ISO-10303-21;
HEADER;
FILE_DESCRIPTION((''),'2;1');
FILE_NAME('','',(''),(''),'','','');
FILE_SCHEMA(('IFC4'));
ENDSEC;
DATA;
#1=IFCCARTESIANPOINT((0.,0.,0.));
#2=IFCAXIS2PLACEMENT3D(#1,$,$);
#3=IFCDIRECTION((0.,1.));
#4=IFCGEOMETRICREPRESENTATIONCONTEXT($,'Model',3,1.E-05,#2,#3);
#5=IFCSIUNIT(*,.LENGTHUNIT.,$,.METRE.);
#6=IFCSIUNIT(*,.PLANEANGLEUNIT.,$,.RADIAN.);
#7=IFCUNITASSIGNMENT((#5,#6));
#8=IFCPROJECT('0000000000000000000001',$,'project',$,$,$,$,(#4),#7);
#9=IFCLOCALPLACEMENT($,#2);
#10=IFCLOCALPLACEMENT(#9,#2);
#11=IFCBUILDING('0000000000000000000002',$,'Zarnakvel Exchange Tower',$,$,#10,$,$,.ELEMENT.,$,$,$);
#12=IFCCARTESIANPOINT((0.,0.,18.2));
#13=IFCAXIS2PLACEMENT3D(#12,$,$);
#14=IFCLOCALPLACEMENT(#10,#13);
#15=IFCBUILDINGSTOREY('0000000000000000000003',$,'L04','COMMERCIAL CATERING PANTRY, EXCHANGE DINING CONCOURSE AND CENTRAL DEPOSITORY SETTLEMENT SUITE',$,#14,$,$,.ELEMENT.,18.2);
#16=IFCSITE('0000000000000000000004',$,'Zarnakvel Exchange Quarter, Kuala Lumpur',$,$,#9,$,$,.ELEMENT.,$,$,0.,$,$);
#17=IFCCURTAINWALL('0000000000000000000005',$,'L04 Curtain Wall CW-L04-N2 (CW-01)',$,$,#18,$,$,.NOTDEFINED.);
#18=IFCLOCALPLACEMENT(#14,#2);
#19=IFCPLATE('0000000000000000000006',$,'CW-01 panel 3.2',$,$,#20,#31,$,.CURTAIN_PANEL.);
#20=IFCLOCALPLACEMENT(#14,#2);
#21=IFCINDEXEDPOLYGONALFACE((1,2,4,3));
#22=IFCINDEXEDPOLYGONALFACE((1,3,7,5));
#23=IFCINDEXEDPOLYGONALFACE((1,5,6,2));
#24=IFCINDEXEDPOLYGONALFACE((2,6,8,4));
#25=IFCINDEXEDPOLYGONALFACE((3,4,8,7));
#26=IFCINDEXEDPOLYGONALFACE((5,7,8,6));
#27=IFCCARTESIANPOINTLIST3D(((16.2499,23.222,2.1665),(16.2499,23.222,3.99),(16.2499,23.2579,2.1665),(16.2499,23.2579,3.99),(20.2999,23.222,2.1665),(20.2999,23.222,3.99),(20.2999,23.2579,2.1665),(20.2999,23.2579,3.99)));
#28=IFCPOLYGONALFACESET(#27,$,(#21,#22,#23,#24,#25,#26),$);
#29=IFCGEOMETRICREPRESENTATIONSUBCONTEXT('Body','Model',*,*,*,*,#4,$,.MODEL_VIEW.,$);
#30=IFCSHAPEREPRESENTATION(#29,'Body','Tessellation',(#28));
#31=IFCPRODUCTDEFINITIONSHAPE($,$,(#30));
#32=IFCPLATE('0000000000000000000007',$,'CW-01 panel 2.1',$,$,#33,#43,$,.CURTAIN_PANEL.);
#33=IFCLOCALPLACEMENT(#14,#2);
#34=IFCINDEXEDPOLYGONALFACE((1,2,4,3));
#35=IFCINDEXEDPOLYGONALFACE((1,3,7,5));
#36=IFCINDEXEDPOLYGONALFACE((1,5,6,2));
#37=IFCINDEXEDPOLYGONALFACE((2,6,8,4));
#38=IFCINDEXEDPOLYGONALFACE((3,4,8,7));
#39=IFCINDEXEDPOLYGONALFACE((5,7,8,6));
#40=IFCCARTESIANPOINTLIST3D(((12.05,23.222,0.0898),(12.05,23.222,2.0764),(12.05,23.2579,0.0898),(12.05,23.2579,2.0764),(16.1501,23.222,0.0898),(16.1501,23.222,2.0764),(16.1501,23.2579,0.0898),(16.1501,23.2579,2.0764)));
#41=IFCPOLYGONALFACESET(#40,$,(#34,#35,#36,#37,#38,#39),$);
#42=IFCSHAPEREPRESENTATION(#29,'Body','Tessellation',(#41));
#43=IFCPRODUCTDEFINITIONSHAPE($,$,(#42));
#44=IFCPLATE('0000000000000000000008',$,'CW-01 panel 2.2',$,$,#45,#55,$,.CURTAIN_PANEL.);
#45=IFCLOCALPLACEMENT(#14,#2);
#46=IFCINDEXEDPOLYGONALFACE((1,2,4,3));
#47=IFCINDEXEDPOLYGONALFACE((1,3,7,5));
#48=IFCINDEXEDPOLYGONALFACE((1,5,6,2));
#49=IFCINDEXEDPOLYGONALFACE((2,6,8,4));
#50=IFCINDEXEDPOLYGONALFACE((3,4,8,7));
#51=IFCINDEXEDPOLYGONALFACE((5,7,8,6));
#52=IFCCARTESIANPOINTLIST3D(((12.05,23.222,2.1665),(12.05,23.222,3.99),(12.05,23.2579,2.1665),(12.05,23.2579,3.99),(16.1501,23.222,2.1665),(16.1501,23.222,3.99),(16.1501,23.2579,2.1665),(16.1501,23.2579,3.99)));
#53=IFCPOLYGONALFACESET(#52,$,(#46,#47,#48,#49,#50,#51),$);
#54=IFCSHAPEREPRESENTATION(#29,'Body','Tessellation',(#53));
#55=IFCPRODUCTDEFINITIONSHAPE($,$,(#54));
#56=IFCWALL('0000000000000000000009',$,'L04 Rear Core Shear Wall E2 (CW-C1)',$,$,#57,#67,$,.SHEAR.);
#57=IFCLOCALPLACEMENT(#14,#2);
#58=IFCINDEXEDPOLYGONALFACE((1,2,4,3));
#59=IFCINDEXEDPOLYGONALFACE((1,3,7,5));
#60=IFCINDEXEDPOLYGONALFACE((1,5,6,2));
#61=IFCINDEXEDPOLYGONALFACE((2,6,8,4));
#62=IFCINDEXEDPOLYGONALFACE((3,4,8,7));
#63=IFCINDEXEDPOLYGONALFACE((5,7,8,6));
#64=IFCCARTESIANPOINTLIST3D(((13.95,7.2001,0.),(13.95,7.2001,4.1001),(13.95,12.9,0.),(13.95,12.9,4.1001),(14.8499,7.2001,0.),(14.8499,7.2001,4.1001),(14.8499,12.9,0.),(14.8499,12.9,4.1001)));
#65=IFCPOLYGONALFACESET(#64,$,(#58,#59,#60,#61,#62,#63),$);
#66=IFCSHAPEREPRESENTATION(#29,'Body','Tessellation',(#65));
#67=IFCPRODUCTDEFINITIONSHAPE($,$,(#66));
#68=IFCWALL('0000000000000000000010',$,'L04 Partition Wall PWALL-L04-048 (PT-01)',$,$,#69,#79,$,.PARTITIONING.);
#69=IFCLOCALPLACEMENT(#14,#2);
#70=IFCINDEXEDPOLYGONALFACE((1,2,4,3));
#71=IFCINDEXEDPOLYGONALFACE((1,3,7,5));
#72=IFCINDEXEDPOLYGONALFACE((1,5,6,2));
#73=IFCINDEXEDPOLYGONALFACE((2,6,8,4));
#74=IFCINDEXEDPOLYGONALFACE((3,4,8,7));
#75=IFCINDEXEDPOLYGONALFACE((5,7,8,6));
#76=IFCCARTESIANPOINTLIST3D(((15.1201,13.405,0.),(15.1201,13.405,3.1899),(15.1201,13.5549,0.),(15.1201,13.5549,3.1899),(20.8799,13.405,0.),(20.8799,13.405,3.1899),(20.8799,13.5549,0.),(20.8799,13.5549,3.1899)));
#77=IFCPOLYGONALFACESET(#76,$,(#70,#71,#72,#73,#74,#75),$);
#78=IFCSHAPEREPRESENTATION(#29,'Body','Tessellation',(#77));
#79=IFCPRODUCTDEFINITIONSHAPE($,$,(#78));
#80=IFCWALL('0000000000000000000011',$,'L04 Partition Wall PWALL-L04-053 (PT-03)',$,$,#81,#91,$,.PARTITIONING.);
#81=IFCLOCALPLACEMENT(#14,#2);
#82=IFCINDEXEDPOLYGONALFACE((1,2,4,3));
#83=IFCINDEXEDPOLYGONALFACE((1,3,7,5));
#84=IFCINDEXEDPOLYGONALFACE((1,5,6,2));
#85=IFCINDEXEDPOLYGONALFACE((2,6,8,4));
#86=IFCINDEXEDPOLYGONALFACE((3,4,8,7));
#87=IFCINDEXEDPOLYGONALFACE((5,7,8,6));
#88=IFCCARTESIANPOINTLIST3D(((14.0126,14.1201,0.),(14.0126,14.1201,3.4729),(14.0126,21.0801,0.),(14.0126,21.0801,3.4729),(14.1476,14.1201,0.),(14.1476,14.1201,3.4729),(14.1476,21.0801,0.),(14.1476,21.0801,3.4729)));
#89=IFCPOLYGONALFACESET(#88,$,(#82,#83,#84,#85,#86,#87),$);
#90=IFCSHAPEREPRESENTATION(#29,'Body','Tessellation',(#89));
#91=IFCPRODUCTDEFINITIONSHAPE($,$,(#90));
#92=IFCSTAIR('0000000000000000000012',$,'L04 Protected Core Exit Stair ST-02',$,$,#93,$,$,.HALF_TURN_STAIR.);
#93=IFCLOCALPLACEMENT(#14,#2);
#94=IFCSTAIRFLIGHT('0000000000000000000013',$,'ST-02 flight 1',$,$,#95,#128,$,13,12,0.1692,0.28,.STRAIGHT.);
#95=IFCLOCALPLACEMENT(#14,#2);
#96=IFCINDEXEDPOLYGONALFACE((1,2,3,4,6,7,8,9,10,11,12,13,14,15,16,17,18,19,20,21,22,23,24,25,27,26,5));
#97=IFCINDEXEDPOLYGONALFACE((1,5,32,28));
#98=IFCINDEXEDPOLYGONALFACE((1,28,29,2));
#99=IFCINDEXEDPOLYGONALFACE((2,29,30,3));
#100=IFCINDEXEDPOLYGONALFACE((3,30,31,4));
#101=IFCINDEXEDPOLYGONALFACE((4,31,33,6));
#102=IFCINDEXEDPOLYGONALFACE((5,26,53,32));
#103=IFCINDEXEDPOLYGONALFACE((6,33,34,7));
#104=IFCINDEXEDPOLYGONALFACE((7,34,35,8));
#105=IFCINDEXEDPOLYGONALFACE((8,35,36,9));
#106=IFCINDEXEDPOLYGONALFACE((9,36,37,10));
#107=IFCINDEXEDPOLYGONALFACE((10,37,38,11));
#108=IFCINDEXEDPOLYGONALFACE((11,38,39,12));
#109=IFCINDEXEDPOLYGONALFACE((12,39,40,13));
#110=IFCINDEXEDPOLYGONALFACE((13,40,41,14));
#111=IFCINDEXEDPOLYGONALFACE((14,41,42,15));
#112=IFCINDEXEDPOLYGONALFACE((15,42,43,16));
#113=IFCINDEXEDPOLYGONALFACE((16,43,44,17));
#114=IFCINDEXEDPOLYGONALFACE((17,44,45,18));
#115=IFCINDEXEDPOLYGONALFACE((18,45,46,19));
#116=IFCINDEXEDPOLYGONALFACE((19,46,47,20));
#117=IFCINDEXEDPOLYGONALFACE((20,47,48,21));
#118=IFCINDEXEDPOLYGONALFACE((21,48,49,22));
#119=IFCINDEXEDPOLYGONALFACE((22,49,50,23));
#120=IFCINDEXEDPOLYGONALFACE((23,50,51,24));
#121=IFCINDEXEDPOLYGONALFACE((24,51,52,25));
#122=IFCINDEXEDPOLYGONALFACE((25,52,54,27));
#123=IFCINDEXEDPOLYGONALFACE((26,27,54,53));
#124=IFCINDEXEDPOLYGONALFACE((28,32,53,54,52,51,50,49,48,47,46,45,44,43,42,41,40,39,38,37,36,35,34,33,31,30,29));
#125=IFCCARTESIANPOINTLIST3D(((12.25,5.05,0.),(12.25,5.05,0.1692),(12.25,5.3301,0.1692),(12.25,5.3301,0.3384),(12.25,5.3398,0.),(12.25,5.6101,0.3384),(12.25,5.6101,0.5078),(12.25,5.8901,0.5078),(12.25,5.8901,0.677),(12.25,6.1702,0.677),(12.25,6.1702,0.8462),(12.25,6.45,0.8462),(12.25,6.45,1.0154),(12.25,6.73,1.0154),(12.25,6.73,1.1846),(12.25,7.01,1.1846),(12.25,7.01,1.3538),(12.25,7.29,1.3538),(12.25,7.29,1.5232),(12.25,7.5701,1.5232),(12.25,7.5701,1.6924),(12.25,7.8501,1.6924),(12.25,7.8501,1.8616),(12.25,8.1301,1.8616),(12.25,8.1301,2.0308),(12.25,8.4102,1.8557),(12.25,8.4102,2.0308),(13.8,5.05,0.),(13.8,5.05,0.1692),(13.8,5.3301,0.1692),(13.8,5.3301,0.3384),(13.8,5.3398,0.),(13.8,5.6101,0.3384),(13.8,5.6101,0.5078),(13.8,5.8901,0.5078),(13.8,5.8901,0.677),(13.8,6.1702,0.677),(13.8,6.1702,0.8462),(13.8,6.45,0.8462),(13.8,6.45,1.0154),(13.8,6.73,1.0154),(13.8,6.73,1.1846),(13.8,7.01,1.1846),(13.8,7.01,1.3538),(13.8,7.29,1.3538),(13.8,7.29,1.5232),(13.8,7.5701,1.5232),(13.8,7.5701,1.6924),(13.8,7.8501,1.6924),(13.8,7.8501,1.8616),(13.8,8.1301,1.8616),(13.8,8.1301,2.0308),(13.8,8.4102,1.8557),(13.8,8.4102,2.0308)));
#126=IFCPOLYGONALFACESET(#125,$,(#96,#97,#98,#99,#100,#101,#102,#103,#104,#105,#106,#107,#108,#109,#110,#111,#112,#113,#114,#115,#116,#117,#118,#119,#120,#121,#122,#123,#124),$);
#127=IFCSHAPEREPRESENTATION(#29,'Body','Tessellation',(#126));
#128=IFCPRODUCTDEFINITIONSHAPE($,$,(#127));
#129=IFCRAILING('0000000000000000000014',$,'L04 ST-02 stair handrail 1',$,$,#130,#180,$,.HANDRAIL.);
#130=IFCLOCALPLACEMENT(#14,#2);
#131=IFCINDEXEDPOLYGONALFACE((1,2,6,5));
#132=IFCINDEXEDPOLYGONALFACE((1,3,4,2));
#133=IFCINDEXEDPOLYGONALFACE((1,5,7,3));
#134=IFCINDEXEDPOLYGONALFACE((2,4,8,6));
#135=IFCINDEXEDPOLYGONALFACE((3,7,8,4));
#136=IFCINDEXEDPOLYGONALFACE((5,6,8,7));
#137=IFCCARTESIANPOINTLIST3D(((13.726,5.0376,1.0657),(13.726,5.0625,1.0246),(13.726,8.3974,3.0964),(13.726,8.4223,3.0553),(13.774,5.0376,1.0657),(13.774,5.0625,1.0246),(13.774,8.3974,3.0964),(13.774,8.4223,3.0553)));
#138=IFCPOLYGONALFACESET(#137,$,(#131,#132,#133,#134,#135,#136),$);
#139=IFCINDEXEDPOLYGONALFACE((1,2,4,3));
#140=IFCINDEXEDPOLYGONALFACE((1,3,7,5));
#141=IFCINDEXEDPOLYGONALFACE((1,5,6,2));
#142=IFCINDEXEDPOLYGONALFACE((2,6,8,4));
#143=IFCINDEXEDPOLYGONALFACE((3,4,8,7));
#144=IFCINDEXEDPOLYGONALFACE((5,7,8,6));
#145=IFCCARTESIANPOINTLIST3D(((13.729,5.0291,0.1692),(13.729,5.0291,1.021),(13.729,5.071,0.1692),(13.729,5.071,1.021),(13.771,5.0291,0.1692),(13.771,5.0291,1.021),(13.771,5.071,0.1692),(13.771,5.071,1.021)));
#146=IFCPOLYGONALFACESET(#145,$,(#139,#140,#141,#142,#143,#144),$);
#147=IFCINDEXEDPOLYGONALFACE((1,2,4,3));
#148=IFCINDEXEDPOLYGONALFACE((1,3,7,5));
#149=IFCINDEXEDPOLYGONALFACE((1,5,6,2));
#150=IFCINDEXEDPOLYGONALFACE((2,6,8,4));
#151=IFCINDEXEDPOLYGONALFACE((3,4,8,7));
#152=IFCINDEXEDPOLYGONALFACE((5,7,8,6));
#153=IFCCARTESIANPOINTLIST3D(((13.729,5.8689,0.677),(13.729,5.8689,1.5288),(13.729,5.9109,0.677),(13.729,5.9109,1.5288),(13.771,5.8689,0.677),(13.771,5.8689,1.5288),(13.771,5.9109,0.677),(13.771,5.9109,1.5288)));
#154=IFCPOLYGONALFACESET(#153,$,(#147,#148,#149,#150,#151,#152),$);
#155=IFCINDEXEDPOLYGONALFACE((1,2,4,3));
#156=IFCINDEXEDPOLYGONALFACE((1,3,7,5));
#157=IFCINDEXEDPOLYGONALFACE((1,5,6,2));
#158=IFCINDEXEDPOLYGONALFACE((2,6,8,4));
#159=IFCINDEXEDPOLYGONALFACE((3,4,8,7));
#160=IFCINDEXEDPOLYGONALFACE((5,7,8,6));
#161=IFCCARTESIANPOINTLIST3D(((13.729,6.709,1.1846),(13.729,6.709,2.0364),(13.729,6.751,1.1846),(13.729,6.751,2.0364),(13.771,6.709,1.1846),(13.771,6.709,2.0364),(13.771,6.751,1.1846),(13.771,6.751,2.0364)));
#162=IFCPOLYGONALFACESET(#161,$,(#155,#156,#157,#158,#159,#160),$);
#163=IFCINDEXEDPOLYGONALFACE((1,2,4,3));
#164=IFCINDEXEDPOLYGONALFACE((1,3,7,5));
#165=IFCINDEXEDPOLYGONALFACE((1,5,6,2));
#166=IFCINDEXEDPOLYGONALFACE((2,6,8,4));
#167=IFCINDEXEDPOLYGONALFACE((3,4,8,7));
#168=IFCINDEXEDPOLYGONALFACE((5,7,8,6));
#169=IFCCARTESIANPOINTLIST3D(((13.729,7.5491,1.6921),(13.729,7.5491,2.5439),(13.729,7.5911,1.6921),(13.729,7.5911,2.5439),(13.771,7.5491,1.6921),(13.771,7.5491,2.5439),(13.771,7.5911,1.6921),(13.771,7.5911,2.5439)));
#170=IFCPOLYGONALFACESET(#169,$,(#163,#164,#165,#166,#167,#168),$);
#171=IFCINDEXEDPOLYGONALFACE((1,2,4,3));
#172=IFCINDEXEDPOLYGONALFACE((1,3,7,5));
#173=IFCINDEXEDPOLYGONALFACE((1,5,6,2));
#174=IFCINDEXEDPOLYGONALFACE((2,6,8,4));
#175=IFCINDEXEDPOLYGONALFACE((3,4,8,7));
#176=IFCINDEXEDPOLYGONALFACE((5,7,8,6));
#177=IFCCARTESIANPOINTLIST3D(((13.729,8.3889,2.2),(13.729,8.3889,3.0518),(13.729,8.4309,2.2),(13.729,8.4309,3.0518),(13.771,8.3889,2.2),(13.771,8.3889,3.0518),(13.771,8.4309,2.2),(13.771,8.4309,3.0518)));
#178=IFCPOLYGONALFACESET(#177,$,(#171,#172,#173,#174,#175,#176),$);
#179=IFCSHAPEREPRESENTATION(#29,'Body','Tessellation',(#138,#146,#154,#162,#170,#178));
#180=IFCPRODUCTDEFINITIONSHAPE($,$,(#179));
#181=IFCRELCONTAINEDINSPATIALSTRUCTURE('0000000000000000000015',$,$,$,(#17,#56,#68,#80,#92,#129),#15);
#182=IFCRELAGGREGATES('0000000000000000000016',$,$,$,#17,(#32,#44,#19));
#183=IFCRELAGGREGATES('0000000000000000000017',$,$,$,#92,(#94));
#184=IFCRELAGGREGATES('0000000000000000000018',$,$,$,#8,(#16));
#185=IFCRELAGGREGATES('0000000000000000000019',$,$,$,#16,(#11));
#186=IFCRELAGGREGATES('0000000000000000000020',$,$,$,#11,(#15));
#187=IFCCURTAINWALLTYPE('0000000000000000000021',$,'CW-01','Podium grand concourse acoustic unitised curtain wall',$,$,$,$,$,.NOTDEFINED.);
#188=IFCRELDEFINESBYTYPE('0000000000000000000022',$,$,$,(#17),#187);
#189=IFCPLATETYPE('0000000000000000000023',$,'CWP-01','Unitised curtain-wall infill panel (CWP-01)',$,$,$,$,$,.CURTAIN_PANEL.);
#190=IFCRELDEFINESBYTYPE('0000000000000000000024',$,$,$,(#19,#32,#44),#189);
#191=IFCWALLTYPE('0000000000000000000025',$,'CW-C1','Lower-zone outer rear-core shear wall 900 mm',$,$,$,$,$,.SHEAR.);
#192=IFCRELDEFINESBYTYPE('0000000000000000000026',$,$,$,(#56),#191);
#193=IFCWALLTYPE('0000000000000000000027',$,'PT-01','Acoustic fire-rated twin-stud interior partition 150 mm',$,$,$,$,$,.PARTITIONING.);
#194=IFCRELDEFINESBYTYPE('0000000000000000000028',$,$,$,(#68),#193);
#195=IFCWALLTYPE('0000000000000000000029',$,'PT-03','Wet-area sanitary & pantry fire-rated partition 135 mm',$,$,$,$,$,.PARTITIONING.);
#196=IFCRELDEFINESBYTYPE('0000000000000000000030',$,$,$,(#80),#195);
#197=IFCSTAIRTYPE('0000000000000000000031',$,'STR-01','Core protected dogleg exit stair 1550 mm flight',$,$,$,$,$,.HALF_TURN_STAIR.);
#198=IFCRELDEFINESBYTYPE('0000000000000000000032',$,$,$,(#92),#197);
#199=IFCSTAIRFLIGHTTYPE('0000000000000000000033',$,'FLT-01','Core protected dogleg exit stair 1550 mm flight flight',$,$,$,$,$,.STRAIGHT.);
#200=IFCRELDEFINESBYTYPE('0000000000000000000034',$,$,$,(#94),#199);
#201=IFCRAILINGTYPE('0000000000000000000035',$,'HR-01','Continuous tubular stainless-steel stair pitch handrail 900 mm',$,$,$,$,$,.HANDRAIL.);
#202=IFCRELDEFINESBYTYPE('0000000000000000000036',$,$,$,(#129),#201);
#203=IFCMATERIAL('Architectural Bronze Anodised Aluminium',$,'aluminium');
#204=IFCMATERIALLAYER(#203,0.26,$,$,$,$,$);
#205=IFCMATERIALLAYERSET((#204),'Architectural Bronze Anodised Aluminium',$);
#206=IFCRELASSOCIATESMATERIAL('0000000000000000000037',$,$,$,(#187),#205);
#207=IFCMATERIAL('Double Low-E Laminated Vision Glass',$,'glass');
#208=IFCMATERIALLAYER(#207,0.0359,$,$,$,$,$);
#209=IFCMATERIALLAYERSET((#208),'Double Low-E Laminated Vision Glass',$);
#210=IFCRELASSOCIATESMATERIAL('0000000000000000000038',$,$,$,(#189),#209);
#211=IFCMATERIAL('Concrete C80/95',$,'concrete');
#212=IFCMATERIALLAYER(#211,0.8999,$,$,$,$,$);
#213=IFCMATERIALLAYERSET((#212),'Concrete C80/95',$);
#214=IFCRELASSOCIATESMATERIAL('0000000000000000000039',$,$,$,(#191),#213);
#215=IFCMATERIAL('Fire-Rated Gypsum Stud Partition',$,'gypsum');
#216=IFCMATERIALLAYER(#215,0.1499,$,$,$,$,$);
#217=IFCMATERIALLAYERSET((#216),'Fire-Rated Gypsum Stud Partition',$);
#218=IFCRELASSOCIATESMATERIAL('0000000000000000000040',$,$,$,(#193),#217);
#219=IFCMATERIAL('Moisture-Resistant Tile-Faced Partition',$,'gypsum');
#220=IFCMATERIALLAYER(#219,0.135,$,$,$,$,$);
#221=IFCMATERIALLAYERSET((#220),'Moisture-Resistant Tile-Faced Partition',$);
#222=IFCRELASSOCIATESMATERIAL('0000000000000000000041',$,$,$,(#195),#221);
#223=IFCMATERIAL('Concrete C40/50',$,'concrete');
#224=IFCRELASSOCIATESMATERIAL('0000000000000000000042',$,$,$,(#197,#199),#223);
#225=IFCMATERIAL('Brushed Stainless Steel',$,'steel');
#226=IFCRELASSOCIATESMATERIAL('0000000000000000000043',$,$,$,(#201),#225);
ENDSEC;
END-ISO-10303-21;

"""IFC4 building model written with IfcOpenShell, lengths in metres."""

from ifc_helpers import new_model, si_unit, direction, frame, frame_2d, origin, origin_2d, place, context, subcontext, project, spatial, polyline, rectangle, outline, extrude, source, transform, mapped, material, layer, layer_set, type_object, element, aggregate, save


model = new_model("IFC4")

# Units and contexts
model_context = context("Model", 3, precision=1e-05, world=origin(), true_north=direction((0.0, 1.0)))
body_context = subcontext(model_context, "Body", "Model", "MODEL_VIEW")
ifc_project = project(units=[si_unit("LENGTHUNIT", "METRE"), si_unit("PLANEANGLEUNIT", "RADIAN")], contexts=[model_context])

# Site, building, storey
site_placement = place(None, origin())
site = spatial("IfcSite", under=ifc_project, at=site_placement, Name="Zarnakvel Exchange Quarter, Kuala Lumpur", CompositionType="ELEMENT", RefElevation=0.0)
building_placement = place(site_placement, origin())
building = spatial("IfcBuilding", under=site, at=building_placement, Name="Zarnakvel Exchange Tower", CompositionType="ELEMENT")
storey_placement = place(building_placement, frame((0.0, 0.0, 18.2)))
storey = spatial("IfcBuildingStorey", under=building, at=storey_placement, Name="L04", Description="COMMERCIAL CATERING PANTRY, EXCHANGE DINING CONCOURSE AND CENTRAL DEPOSITORY SETTLEMENT SUITE", CompositionType="ELEMENT", Elevation=18.2)

# Shared definitions
ifc_material_1 = material(Name="Concrete C80/95", Category="concrete")

# Curtain wall, plates
ifc_material_2 = material(Name="Architectural Bronze Anodised Aluminium", Category="aluminium")
ifc_layer_1 = layer(ifc_material_2, 0.26)
ifc_layer_set_1 = layer_set([ifc_layer_1], Name="Architectural Bronze Anodised Aluminium")
curtain_wall_type = type_object("IfcCurtainWallType", Name="CW-01", Description="Podium grand concourse acoustic unitised curtain wall", PredefinedType="NOTDEFINED", material=ifc_layer_set_1)
curtain_wall_placement = place(storey_placement, origin())
curtain_wall = element("IfcCurtainWall", 1, at=curtain_wall_placement, inside=storey, type_object=curtain_wall_type, Name="L04 Curtain Wall CW-L04-N2 (CW-01)", PredefinedType="NOTDEFINED")
ifc_material_3 = material(Name="Double Low-E Laminated Vision Glass", Category="glass")
ifc_layer_2 = layer(ifc_material_3, 0.0359)
ifc_layer_set_2 = layer_set([ifc_layer_2], Name="Double Low-E Laminated Vision Glass")
plate_type = type_object("IfcPlateType", Name="CWP-01", Description="Unitised curtain-wall infill panel (CWP-01)", PredefinedType="CURTAIN_PANEL", material=ifc_layer_set_2)
shared_shape_1 = source(origin(), body_context, "Body", "SweptSolid", [
    extrude(rectangle(XDim=4.05, YDim=0.0359, at=origin_2d()), origin(), (0.0, 0.0, 1.0), 1.8235),
])
plate_1_placement = place(storey_placement, frame((18.2749, 23.24, 2.1665), z_axis=(0.0, 0.0, 1.0), x_axis=(1.0, 0.0, 0.0)))
plate_1 = element("IfcPlate", 2, at=plate_1_placement, type_object=plate_type, Name="CW-01 panel 3.2", PredefinedType="CURTAIN_PANEL", context=body_context, shape_type="MappedRepresentation", body=[
    mapped(shared_shape_1, transform((0.0, 0.0, 0.0), x_axis=(1.0, 0.0, 0.0), y_axis=(0.0, 1.0, 0.0), z_axis=(0.0, 0.0, 1.0), scale=1.0)),
])
shared_shape_2 = source(origin(), body_context, "Body", "SweptSolid", [
    extrude(rectangle(XDim=4.1001, YDim=0.0359, at=origin_2d()), origin(), (0.0, 0.0, 1.0), 1.9866),
])
plate_2_placement = place(storey_placement, frame((14.1001, 23.24, 0.0898), z_axis=(0.0, 0.0, 1.0), x_axis=(1.0, 0.0, 0.0)))
plate_2 = element("IfcPlate", 3, at=plate_2_placement, type_object=plate_type, Name="CW-01 panel 2.1", PredefinedType="CURTAIN_PANEL", context=body_context, shape_type="MappedRepresentation", body=[
    mapped(shared_shape_2, transform((0.0, 0.0, 0.0), x_axis=(1.0, 0.0, 0.0), y_axis=(0.0, 1.0, 0.0), z_axis=(0.0, 0.0, 1.0), scale=1.0)),
])
shared_shape_3 = source(origin(), body_context, "Body", "SweptSolid", [
    extrude(rectangle(XDim=4.1001, YDim=0.0359, at=origin_2d()), origin(), (0.0, 0.0, 1.0), 1.8235),
])
plate_3_placement = place(storey_placement, frame((14.1001, 23.24, 2.1665), z_axis=(0.0, 0.0, 1.0), x_axis=(1.0, 0.0, 0.0)))
plate_3 = element("IfcPlate", 4, at=plate_3_placement, type_object=plate_type, Name="CW-01 panel 2.2", PredefinedType="CURTAIN_PANEL", context=body_context, shape_type="MappedRepresentation", body=[
    mapped(shared_shape_3, transform((0.0, 0.0, 0.0), x_axis=(1.0, 0.0, 0.0), y_axis=(0.0, 1.0, 0.0), z_axis=(0.0, 0.0, 1.0), scale=1.0)),
])
aggregate(curtain_wall, [plate_2, plate_3, plate_1])

# Walls
ifc_layer_3 = layer(ifc_material_1, 0.8999)
ifc_layer_set_3 = layer_set([ifc_layer_3], Name="Concrete C80/95")
wall_type_1 = type_object("IfcWallType", Name="CW-C1", Description="Lower-zone outer rear-core shear wall 900 mm", PredefinedType="SHEAR", material=ifc_layer_set_3)
wall_1_placement = place(storey_placement, frame((14.3999, 7.2, 0.0), z_axis=(0.0, 0.0, 1.0), x_axis=(0.0, 1.0, 0.0)))
element("IfcWall", 5, at=wall_1_placement, inside=storey, type_object=wall_type_1, Name="L04 Rear Core Shear Wall E2 (CW-C1)", PredefinedType="SHEAR", context=body_context, shape_type="SweptSolid", body=[
    extrude(rectangle(XDim=5.7, YDim=0.8999, at=frame_2d((2.8501, 0.0))), origin(), (0.0, 0.0, 1.0), 4.1001),
])
ifc_material_4 = material(Name="Fire-Rated Gypsum Stud Partition", Category="gypsum")
ifc_layer_4 = layer(ifc_material_4, 0.1499)
ifc_layer_set_4 = layer_set([ifc_layer_4], Name="Fire-Rated Gypsum Stud Partition")
wall_type_2 = type_object("IfcWallType", Name="PT-01", Description="Acoustic fire-rated twin-stud interior partition 150 mm", PredefinedType="PARTITIONING", material=ifc_layer_set_4)
wall_2_placement = place(storey_placement, frame((15.1201, 13.48, 0.0), z_axis=(0.0, 0.0, 1.0), x_axis=(1.0, 0.0, 0.0)))
element("IfcWall", 6, at=wall_2_placement, inside=storey, type_object=wall_type_2, Name="L04 Partition Wall PWALL-L04-048 (PT-01)", PredefinedType="PARTITIONING", context=body_context, shape_type="SweptSolid", body=[
    extrude(rectangle(XDim=5.7598, YDim=0.1499, at=frame_2d((2.8799, 0.0))), origin(), (0.0, 0.0, 1.0), 3.1899),
])
ifc_material_5 = material(Name="Moisture-Resistant Tile-Faced Partition", Category="gypsum")
ifc_layer_5 = layer(ifc_material_5, 0.135)
ifc_layer_set_5 = layer_set([ifc_layer_5], Name="Moisture-Resistant Tile-Faced Partition")
wall_type_3 = type_object("IfcWallType", Name="PT-03", Description="Wet-area sanitary & pantry fire-rated partition 135 mm", PredefinedType="PARTITIONING", material=ifc_layer_set_5)
wall_3_placement = place(storey_placement, frame((14.0801, 21.0801, 0.0), z_axis=(0.0, 0.0, 1.0), x_axis=(0.0, -1.0, 0.0)))
element("IfcWall", 7, at=wall_3_placement, inside=storey, type_object=wall_type_3, Name="L04 Partition Wall PWALL-L04-053 (PT-03)", PredefinedType="PARTITIONING", context=body_context, shape_type="SweptSolid", body=[
    extrude(rectangle(XDim=6.96, YDim=0.135, at=frame_2d((3.48, 0.0))), origin(), (0.0, 0.0, 1.0), 3.4729),
])

# Shared definitions
ifc_material_6 = material(Name="Concrete C40/50", Category="concrete")

# Stair, stair flight
stair_type = type_object("IfcStairType", Name="STR-01", Description="Core protected dogleg exit stair 1550 mm flight", PredefinedType="HALF_TURN_STAIR", material=ifc_material_6)
stair_placement = place(storey_placement, origin())
stair = element("IfcStair", 8, at=stair_placement, inside=storey, type_object=stair_type, Name="L04 Protected Core Exit Stair ST-02", PredefinedType="HALF_TURN_STAIR")
stair_flight_type = type_object("IfcStairFlightType", Name="FLT-01", Description="Core protected dogleg exit stair 1550 mm flight flight", PredefinedType="STRAIGHT", material=ifc_material_6)
stair_flight_placement = place(storey_placement, frame((13.0249, 5.05, 0.0), z_axis=(0.0, 0.0, 1.0), x_axis=(0.0, 1.0, 0.0)))
stair_flight = element("IfcStairFlight", 9, at=stair_flight_placement, type_object=stair_flight_type, Name="ST-02 flight 1", NumberOfRisers=13, NumberOfTreads=12, PredefinedType="STRAIGHT", RiserHeight=0.1692, TreadLength=0.28, context=body_context, shape_type="SweptSolid", body=[
    extrude(outline(polyline([(0.0, 0.0), (0.0, 0.1692), (0.28, 0.1692), (0.28, 0.3384), (0.5601, 0.3384), (0.5601, 0.5078), (0.8401, 0.5078), (0.8401, 0.677), (1.1201, 0.677), (1.1201, 0.8462), (1.3999, 0.8462), (1.3999, 1.0154), (1.6799, 1.0154), (1.6799, 1.1846), (1.96, 1.1846), (1.96, 1.3538), (2.24, 1.3538), (2.24, 1.5232), (2.52, 1.5232), (2.52, 1.6924), (2.8, 1.6924), (2.8, 1.8616), (3.0801, 1.8616), (3.0801, 2.0308), (3.3601, 2.0308), (3.3601, 2.2), (3.3601, 1.8557), (0.2898, 0.0), (0.0, 0.0)])), frame((0.0, 0.7749, 0.0), z_axis=(0.0, -1.0, 0.0), x_axis=(1.0, 0.0, 0.0)), (0.0, 0.0, 1.0), 1.55),
])
aggregate(stair, [stair_flight])

# Railing
ifc_material_7 = material(Name="Brushed Stainless Steel", Category="steel")
railing_type_1 = type_object("IfcRailingType", Name="HR-01", Description="Continuous tubular stainless-steel stair pitch handrail 900 mm", PredefinedType="HANDRAIL", material=ifc_material_7)
railing_1_placement = place(storey_placement, frame((13.75, 5.05, 0.1692)))
element("IfcRailing", 10, at=railing_1_placement, inside=storey, type_object=railing_type_1, Name="L04 ST-02 stair handrail 1", PredefinedType="HANDRAIL", context=body_context, shape_type="SweptSolid", body=[
    extrude(rectangle(XDim=0.0481, YDim=0.0481, at=origin_2d()), frame((0.0, 0.0, 0.876), z_axis=(0.0, 0.85582, 0.517273), x_axis=(-1.0, 0.0, 0.0)), (0.0, 0.0, 1.0), 3.9258),
    extrude(rectangle(XDim=0.042, YDim=0.042, at=origin_2d()), origin(), (0.0, 0.0, 1.0), 0.8518),
    extrude(rectangle(XDim=0.042, YDim=0.042, at=origin_2d()), frame((0.0, 0.8398, 0.5078)), (0.0, 0.0, 1.0), 0.8518),
    extrude(rectangle(XDim=0.042, YDim=0.042, at=origin_2d()), frame((0.0, 1.6799, 1.0154)), (0.0, 0.0, 1.0), 0.8518),
    extrude(rectangle(XDim=0.042, YDim=0.042, at=origin_2d()), frame((0.0, 2.52, 1.5229)), (0.0, 0.0, 1.0), 0.8518),
    extrude(rectangle(XDim=0.042, YDim=0.042, at=origin_2d()), frame((0.0, 3.3599, 2.0308)), (0.0, 0.0, 1.0), 0.8518),
])

save(model, "model.ifc")
